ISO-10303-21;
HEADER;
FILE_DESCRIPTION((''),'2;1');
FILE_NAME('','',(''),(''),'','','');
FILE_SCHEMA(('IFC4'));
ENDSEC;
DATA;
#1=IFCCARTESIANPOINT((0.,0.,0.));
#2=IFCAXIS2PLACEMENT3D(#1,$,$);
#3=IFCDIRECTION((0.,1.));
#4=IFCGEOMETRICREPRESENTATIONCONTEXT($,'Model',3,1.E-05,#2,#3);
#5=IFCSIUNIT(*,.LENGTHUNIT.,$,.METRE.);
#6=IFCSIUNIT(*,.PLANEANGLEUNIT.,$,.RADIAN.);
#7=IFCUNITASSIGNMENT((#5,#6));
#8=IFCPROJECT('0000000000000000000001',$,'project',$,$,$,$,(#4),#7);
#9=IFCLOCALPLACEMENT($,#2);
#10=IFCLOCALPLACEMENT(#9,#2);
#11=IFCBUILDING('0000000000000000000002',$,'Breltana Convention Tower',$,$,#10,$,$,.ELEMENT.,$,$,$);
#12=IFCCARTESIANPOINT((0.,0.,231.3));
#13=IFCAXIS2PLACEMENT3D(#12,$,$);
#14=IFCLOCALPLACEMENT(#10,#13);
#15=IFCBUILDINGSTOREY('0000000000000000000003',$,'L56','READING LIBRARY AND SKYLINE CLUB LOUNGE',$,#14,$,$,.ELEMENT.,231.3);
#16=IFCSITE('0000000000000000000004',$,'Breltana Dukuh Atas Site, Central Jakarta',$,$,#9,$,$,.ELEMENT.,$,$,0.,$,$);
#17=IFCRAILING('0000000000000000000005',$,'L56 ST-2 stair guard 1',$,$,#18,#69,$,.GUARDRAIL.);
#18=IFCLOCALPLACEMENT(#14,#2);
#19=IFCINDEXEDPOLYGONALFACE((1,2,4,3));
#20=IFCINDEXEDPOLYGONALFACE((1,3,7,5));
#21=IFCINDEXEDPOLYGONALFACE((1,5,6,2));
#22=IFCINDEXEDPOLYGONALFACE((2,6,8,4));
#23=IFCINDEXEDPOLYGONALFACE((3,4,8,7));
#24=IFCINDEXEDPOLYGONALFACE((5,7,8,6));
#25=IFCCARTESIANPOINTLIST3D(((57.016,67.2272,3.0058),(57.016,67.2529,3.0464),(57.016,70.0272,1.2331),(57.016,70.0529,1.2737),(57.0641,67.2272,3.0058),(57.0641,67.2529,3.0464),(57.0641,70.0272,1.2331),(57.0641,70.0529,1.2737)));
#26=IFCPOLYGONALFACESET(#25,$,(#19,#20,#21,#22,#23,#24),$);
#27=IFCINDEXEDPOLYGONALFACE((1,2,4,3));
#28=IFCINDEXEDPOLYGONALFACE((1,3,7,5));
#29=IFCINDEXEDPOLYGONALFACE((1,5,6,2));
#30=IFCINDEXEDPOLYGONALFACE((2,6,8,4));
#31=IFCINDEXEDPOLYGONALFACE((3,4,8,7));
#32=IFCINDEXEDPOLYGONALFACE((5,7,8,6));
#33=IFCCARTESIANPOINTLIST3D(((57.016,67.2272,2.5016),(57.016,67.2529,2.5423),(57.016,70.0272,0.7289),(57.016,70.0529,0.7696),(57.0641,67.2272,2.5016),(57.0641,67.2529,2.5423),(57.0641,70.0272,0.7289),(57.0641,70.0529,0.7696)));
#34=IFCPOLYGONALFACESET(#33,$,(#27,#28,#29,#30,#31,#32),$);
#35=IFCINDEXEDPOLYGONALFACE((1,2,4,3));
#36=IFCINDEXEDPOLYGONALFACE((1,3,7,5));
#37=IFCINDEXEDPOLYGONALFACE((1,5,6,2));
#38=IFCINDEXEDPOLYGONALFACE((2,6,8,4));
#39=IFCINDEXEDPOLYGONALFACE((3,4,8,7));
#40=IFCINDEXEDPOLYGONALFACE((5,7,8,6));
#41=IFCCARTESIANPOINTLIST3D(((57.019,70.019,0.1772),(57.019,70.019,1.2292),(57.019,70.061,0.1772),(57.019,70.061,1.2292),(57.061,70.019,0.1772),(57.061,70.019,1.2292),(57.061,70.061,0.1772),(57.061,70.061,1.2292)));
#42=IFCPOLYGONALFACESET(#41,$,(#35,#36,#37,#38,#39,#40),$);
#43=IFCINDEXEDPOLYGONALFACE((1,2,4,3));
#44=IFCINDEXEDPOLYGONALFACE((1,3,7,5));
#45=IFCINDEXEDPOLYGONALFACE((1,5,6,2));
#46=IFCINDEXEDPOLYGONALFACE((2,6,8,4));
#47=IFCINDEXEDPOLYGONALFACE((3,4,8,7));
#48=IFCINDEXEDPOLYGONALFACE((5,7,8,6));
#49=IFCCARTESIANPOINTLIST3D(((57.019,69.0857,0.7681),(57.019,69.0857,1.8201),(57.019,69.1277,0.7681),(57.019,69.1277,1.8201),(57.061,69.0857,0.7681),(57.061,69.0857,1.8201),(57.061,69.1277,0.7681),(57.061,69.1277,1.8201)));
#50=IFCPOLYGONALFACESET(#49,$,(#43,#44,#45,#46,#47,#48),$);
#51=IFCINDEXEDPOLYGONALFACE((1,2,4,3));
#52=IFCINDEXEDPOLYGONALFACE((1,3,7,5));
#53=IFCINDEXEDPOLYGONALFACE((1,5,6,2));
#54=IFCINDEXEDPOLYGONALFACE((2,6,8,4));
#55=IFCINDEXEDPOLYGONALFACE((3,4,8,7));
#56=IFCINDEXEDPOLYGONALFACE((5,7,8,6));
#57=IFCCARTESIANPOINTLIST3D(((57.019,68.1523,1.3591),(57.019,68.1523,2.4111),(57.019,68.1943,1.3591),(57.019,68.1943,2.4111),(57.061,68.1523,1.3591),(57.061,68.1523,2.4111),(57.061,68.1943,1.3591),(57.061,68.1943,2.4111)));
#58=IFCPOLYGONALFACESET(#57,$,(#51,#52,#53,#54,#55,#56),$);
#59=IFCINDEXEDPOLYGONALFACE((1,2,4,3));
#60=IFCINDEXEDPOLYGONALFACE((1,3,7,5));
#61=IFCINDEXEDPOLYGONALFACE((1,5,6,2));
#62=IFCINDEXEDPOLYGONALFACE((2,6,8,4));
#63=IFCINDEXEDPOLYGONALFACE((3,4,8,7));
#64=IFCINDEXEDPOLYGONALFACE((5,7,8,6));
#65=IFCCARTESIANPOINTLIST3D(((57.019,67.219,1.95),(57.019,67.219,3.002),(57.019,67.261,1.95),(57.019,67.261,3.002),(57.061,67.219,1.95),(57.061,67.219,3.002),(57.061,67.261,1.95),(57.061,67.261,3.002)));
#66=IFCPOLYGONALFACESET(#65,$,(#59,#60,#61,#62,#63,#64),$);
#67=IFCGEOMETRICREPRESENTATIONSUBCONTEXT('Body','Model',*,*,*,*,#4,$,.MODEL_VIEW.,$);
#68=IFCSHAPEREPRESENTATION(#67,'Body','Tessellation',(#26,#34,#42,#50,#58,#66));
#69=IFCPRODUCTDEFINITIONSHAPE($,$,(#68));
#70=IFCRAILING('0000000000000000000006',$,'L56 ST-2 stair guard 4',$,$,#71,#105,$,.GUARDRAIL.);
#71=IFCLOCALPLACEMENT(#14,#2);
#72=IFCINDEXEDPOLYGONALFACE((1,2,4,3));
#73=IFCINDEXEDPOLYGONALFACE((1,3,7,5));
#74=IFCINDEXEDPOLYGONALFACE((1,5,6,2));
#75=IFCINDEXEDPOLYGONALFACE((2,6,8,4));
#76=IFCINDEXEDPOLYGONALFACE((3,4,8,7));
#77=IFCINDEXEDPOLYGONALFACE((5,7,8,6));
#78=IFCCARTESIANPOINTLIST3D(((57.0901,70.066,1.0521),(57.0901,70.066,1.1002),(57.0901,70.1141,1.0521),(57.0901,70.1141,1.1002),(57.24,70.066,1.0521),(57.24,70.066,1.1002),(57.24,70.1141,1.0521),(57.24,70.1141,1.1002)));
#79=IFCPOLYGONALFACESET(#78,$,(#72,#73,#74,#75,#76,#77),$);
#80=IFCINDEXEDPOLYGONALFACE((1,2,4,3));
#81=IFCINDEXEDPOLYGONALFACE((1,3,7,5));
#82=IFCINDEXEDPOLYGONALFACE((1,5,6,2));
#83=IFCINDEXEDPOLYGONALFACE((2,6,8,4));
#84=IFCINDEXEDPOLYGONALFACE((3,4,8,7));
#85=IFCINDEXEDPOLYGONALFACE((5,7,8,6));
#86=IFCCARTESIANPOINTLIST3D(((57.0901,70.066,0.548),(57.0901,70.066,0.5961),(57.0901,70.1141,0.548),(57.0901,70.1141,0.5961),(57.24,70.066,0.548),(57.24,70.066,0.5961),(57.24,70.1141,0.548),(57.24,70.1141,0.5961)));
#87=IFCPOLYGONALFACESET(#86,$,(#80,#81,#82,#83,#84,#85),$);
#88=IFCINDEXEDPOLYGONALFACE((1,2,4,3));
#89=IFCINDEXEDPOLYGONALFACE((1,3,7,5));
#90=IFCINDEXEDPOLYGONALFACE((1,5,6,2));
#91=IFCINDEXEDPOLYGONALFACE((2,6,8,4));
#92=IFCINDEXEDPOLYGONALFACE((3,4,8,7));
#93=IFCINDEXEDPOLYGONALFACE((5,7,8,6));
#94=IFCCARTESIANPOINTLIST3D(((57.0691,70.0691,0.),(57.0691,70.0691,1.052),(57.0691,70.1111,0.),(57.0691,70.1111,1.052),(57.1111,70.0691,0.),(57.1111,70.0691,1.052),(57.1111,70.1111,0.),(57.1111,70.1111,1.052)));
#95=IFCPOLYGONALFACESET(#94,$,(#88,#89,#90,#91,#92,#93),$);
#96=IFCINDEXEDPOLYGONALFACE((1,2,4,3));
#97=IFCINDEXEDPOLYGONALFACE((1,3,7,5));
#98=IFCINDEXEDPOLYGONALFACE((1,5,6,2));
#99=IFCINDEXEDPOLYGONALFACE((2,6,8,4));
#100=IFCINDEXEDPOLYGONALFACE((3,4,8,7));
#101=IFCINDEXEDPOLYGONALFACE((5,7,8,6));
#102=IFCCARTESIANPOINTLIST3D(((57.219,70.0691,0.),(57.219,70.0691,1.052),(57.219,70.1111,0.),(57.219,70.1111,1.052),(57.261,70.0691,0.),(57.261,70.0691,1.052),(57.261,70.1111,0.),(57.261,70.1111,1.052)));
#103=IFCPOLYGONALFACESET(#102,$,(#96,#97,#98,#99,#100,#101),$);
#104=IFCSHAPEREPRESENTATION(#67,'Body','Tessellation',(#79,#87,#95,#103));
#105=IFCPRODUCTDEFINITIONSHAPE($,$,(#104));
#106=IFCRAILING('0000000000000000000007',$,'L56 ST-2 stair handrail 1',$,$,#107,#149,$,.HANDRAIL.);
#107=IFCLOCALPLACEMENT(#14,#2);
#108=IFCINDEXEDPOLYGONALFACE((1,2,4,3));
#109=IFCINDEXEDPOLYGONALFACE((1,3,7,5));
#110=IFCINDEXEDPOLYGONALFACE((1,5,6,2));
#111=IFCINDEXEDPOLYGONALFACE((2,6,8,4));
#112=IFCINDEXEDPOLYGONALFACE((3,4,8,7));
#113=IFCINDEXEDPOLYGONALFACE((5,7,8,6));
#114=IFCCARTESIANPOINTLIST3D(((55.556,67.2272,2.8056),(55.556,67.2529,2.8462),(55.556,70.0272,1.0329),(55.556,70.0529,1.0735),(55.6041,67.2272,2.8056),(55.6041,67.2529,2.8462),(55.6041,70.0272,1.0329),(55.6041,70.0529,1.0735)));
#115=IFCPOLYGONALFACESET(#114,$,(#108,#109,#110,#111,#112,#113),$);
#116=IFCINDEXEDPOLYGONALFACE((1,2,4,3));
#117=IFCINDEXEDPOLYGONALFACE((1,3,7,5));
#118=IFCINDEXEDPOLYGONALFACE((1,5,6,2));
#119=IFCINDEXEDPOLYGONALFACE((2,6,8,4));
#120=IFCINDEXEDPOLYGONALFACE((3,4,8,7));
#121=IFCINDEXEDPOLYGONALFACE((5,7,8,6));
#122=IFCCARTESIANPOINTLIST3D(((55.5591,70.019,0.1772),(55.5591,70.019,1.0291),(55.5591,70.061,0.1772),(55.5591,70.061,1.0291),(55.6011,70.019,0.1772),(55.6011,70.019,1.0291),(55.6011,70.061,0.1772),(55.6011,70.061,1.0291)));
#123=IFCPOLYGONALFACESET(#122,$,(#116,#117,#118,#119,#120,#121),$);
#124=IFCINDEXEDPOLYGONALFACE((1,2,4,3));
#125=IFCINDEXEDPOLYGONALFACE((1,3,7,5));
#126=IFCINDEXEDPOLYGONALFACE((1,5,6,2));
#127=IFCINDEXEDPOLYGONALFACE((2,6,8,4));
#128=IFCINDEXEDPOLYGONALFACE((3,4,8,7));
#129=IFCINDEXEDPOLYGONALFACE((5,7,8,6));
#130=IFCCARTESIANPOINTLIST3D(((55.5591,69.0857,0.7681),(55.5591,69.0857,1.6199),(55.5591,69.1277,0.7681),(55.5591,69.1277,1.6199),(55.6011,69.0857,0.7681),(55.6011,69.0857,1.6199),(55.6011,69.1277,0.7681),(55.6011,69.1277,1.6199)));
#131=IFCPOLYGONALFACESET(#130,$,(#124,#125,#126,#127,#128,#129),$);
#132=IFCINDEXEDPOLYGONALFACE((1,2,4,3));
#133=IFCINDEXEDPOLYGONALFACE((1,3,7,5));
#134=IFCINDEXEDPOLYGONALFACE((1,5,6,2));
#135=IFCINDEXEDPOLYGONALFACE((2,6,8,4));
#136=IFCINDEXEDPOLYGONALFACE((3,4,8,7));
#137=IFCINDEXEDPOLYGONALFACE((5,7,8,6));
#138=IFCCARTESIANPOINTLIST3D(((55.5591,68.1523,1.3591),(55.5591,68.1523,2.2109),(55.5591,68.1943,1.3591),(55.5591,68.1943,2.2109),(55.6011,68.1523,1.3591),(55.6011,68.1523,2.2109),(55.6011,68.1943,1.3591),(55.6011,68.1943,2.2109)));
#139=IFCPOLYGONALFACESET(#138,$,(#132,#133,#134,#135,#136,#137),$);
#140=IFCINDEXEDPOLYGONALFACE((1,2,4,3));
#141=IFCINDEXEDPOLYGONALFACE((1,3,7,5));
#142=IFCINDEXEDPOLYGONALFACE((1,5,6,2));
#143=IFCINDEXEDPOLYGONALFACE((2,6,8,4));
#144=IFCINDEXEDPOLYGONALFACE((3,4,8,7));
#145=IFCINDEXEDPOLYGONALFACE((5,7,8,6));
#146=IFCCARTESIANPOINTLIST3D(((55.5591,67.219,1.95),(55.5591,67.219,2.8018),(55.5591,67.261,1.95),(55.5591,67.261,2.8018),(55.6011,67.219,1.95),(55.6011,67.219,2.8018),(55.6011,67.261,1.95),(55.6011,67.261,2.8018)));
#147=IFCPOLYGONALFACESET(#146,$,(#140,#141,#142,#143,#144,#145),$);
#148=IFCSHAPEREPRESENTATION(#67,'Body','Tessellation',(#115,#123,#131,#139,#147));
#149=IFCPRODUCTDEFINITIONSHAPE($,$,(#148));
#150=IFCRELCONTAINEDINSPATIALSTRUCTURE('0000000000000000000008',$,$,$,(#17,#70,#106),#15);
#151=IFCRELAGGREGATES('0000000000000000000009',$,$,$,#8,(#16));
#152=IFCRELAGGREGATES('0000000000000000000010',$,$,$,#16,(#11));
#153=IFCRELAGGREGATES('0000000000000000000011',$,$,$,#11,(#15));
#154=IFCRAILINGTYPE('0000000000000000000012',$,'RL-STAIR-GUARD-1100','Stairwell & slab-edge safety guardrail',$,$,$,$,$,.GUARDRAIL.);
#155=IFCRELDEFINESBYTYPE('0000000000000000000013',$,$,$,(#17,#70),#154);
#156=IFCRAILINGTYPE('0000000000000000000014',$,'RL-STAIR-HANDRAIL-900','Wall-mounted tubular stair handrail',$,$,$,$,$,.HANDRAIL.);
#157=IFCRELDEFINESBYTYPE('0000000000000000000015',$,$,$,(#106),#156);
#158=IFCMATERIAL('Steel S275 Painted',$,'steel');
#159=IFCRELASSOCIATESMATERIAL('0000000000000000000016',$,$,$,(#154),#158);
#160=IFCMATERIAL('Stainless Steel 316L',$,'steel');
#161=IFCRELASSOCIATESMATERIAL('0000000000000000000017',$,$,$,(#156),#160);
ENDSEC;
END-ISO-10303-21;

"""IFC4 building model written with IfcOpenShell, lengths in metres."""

from ifc_helpers import new_model, si_unit, direction, frame, origin, origin_2d, place, context, subcontext, project, spatial, rectangle, extrude, material, type_object, element, save


model = new_model("IFC4")

# Units and contexts
model_context = context("Model", 3, precision=1e-05, world=origin(), true_north=direction((0.0, 1.0)))
body_context = subcontext(model_context, "Body", "Model", "MODEL_VIEW")
ifc_project = project(units=[si_unit("LENGTHUNIT", "METRE"), si_unit("PLANEANGLEUNIT", "RADIAN")], contexts=[model_context])

# Site, building, storey
site_placement = place(None, origin())
site = spatial("IfcSite", under=ifc_project, at=site_placement, Name="Breltana Dukuh Atas Site, Central Jakarta", CompositionType="ELEMENT", RefElevation=0.0)
building_placement = place(site_placement, origin())
building = spatial("IfcBuilding", under=site, at=building_placement, Name="Breltana Convention Tower", CompositionType="ELEMENT")
storey_placement = place(building_placement, frame((0.0, 0.0, 231.3)))
storey = spatial("IfcBuildingStorey", under=building, at=storey_placement, Name="L56", Description="READING LIBRARY AND SKYLINE CLUB LOUNGE", CompositionType="ELEMENT", Elevation=231.3)

# Railings
ifc_material_1 = material(Name="Stainless Steel 316L", Category="steel")
ifc_material_2 = material(Name="Steel S275 Painted", Category="steel")
railing_type_1 = type_object("IfcRailingType", Name="RL-STAIR-GUARD-1100", Description="Stairwell & slab-edge safety guardrail", PredefinedType="GUARDRAIL", material=ifc_material_2)
railing_1_placement = place(storey_placement, frame((57.04, 70.04, 0.1772)))
element("IfcRailing", 1, at=railing_1_placement, inside=storey, type_object=railing_type_1, Name="L56 ST-2 stair guard 1", PredefinedType="GUARDRAIL", context=body_context, shape_type="SweptSolid", body=[
    extrude(rectangle(XDim=0.0481, YDim=0.0481, at=origin_2d()), frame((0.0, 0.0, 1.0762), z_axis=(0.0, -0.844909, 0.53491), x_axis=(1.0, 0.0, 0.0)), (0.0, 0.0, 1.0), 3.314),
    extrude(rectangle(XDim=0.0481, YDim=0.0481, at=origin_2d()), frame((0.0, 0.0, 0.572), z_axis=(0.0, -0.844909, 0.53491), x_axis=(1.0, 0.0, 0.0)), (0.0, 0.0, 1.0), 3.314),
    extrude(rectangle(XDim=0.042, YDim=0.042, at=origin_2d()), origin(), (0.0, 0.0, 1.0), 1.052),
    extrude(rectangle(XDim=0.042, YDim=0.042, at=origin_2d()), frame((0.0, -0.9333, 0.5908)), (0.0, 0.0, 1.0), 1.052),
    extrude(rectangle(XDim=0.042, YDim=0.042, at=origin_2d()), frame((0.0, -1.8667, 1.1819)), (0.0, 0.0, 1.0), 1.052),
    extrude(rectangle(XDim=0.042, YDim=0.042, at=origin_2d()), frame((0.0, -2.8, 1.7727)), (0.0, 0.0, 1.0), 1.052),
])
railing_2_placement = place(storey_placement, frame((57.0901, 70.0901, 0.0)))
element("IfcRailing", 2, at=railing_2_placement, inside=storey, type_object=railing_type_1, Name="L56 ST-2 stair guard 4", PredefinedType="GUARDRAIL", context=body_context, shape_type="SweptSolid", body=[
    extrude(rectangle(XDim=0.0481, YDim=0.0481, at=origin_2d()), frame((0.0, 0.0, 1.0762), z_axis=(1.0, 0.0, 0.0), x_axis=(0.0, 1.0, 0.0)), (0.0, 0.0, 1.0), 0.1499),
    extrude(rectangle(XDim=0.0481, YDim=0.0481, at=origin_2d()), frame((0.0, 0.0, 0.572), z_axis=(1.0, 0.0, 0.0), x_axis=(0.0, 1.0, 0.0)), (0.0, 0.0, 1.0), 0.1499),
    extrude(rectangle(XDim=0.042, YDim=0.042, at=origin_2d()), origin(), (0.0, 0.0, 1.0), 1.052),
    extrude(rectangle(XDim=0.042, YDim=0.042, at=origin_2d()), frame((0.1499, 0.0, 0.0)), (0.0, 0.0, 1.0), 1.052),
])
railing_type_2 = type_object("IfcRailingType", Name="RL-STAIR-HANDRAIL-900", Description="Wall-mounted tubular stair handrail", PredefinedType="HANDRAIL", material=ifc_material_1)
railing_3_placement = place(storey_placement, frame((55.5801, 70.04, 0.1772)))
element("IfcRailing", 3, at=railing_3_placement, inside=storey, type_object=railing_type_2, Name="L56 ST-2 stair handrail 1", PredefinedType="HANDRAIL", context=body_context, shape_type="SweptSolid", body=[
    extrude(rectangle(XDim=0.0481, YDim=0.0481, at=origin_2d()), frame((0.0, 0.0, 0.876), z_axis=(0.0, -0.844909, 0.53491), x_axis=(1.0, 0.0, 0.0)), (0.0, 0.0, 1.0), 3.314),
    extrude(rectangle(XDim=0.042, YDim=0.042, at=origin_2d()), origin(), (0.0, 0.0, 1.0), 0.8518),
    extrude(rectangle(XDim=0.042, YDim=0.042, at=origin_2d()), frame((0.0, -0.9333, 0.5908)), (0.0, 0.0, 1.0), 0.8518),
    extrude(rectangle(XDim=0.042, YDim=0.042, at=origin_2d()), frame((0.0, -1.8667, 1.1819)), (0.0, 0.0, 1.0), 0.8518),
    extrude(rectangle(XDim=0.042, YDim=0.042, at=origin_2d()), frame((0.0, -2.8, 1.7727)), (0.0, 0.0, 1.0), 0.8518),
])

save(model, "model.ifc")
